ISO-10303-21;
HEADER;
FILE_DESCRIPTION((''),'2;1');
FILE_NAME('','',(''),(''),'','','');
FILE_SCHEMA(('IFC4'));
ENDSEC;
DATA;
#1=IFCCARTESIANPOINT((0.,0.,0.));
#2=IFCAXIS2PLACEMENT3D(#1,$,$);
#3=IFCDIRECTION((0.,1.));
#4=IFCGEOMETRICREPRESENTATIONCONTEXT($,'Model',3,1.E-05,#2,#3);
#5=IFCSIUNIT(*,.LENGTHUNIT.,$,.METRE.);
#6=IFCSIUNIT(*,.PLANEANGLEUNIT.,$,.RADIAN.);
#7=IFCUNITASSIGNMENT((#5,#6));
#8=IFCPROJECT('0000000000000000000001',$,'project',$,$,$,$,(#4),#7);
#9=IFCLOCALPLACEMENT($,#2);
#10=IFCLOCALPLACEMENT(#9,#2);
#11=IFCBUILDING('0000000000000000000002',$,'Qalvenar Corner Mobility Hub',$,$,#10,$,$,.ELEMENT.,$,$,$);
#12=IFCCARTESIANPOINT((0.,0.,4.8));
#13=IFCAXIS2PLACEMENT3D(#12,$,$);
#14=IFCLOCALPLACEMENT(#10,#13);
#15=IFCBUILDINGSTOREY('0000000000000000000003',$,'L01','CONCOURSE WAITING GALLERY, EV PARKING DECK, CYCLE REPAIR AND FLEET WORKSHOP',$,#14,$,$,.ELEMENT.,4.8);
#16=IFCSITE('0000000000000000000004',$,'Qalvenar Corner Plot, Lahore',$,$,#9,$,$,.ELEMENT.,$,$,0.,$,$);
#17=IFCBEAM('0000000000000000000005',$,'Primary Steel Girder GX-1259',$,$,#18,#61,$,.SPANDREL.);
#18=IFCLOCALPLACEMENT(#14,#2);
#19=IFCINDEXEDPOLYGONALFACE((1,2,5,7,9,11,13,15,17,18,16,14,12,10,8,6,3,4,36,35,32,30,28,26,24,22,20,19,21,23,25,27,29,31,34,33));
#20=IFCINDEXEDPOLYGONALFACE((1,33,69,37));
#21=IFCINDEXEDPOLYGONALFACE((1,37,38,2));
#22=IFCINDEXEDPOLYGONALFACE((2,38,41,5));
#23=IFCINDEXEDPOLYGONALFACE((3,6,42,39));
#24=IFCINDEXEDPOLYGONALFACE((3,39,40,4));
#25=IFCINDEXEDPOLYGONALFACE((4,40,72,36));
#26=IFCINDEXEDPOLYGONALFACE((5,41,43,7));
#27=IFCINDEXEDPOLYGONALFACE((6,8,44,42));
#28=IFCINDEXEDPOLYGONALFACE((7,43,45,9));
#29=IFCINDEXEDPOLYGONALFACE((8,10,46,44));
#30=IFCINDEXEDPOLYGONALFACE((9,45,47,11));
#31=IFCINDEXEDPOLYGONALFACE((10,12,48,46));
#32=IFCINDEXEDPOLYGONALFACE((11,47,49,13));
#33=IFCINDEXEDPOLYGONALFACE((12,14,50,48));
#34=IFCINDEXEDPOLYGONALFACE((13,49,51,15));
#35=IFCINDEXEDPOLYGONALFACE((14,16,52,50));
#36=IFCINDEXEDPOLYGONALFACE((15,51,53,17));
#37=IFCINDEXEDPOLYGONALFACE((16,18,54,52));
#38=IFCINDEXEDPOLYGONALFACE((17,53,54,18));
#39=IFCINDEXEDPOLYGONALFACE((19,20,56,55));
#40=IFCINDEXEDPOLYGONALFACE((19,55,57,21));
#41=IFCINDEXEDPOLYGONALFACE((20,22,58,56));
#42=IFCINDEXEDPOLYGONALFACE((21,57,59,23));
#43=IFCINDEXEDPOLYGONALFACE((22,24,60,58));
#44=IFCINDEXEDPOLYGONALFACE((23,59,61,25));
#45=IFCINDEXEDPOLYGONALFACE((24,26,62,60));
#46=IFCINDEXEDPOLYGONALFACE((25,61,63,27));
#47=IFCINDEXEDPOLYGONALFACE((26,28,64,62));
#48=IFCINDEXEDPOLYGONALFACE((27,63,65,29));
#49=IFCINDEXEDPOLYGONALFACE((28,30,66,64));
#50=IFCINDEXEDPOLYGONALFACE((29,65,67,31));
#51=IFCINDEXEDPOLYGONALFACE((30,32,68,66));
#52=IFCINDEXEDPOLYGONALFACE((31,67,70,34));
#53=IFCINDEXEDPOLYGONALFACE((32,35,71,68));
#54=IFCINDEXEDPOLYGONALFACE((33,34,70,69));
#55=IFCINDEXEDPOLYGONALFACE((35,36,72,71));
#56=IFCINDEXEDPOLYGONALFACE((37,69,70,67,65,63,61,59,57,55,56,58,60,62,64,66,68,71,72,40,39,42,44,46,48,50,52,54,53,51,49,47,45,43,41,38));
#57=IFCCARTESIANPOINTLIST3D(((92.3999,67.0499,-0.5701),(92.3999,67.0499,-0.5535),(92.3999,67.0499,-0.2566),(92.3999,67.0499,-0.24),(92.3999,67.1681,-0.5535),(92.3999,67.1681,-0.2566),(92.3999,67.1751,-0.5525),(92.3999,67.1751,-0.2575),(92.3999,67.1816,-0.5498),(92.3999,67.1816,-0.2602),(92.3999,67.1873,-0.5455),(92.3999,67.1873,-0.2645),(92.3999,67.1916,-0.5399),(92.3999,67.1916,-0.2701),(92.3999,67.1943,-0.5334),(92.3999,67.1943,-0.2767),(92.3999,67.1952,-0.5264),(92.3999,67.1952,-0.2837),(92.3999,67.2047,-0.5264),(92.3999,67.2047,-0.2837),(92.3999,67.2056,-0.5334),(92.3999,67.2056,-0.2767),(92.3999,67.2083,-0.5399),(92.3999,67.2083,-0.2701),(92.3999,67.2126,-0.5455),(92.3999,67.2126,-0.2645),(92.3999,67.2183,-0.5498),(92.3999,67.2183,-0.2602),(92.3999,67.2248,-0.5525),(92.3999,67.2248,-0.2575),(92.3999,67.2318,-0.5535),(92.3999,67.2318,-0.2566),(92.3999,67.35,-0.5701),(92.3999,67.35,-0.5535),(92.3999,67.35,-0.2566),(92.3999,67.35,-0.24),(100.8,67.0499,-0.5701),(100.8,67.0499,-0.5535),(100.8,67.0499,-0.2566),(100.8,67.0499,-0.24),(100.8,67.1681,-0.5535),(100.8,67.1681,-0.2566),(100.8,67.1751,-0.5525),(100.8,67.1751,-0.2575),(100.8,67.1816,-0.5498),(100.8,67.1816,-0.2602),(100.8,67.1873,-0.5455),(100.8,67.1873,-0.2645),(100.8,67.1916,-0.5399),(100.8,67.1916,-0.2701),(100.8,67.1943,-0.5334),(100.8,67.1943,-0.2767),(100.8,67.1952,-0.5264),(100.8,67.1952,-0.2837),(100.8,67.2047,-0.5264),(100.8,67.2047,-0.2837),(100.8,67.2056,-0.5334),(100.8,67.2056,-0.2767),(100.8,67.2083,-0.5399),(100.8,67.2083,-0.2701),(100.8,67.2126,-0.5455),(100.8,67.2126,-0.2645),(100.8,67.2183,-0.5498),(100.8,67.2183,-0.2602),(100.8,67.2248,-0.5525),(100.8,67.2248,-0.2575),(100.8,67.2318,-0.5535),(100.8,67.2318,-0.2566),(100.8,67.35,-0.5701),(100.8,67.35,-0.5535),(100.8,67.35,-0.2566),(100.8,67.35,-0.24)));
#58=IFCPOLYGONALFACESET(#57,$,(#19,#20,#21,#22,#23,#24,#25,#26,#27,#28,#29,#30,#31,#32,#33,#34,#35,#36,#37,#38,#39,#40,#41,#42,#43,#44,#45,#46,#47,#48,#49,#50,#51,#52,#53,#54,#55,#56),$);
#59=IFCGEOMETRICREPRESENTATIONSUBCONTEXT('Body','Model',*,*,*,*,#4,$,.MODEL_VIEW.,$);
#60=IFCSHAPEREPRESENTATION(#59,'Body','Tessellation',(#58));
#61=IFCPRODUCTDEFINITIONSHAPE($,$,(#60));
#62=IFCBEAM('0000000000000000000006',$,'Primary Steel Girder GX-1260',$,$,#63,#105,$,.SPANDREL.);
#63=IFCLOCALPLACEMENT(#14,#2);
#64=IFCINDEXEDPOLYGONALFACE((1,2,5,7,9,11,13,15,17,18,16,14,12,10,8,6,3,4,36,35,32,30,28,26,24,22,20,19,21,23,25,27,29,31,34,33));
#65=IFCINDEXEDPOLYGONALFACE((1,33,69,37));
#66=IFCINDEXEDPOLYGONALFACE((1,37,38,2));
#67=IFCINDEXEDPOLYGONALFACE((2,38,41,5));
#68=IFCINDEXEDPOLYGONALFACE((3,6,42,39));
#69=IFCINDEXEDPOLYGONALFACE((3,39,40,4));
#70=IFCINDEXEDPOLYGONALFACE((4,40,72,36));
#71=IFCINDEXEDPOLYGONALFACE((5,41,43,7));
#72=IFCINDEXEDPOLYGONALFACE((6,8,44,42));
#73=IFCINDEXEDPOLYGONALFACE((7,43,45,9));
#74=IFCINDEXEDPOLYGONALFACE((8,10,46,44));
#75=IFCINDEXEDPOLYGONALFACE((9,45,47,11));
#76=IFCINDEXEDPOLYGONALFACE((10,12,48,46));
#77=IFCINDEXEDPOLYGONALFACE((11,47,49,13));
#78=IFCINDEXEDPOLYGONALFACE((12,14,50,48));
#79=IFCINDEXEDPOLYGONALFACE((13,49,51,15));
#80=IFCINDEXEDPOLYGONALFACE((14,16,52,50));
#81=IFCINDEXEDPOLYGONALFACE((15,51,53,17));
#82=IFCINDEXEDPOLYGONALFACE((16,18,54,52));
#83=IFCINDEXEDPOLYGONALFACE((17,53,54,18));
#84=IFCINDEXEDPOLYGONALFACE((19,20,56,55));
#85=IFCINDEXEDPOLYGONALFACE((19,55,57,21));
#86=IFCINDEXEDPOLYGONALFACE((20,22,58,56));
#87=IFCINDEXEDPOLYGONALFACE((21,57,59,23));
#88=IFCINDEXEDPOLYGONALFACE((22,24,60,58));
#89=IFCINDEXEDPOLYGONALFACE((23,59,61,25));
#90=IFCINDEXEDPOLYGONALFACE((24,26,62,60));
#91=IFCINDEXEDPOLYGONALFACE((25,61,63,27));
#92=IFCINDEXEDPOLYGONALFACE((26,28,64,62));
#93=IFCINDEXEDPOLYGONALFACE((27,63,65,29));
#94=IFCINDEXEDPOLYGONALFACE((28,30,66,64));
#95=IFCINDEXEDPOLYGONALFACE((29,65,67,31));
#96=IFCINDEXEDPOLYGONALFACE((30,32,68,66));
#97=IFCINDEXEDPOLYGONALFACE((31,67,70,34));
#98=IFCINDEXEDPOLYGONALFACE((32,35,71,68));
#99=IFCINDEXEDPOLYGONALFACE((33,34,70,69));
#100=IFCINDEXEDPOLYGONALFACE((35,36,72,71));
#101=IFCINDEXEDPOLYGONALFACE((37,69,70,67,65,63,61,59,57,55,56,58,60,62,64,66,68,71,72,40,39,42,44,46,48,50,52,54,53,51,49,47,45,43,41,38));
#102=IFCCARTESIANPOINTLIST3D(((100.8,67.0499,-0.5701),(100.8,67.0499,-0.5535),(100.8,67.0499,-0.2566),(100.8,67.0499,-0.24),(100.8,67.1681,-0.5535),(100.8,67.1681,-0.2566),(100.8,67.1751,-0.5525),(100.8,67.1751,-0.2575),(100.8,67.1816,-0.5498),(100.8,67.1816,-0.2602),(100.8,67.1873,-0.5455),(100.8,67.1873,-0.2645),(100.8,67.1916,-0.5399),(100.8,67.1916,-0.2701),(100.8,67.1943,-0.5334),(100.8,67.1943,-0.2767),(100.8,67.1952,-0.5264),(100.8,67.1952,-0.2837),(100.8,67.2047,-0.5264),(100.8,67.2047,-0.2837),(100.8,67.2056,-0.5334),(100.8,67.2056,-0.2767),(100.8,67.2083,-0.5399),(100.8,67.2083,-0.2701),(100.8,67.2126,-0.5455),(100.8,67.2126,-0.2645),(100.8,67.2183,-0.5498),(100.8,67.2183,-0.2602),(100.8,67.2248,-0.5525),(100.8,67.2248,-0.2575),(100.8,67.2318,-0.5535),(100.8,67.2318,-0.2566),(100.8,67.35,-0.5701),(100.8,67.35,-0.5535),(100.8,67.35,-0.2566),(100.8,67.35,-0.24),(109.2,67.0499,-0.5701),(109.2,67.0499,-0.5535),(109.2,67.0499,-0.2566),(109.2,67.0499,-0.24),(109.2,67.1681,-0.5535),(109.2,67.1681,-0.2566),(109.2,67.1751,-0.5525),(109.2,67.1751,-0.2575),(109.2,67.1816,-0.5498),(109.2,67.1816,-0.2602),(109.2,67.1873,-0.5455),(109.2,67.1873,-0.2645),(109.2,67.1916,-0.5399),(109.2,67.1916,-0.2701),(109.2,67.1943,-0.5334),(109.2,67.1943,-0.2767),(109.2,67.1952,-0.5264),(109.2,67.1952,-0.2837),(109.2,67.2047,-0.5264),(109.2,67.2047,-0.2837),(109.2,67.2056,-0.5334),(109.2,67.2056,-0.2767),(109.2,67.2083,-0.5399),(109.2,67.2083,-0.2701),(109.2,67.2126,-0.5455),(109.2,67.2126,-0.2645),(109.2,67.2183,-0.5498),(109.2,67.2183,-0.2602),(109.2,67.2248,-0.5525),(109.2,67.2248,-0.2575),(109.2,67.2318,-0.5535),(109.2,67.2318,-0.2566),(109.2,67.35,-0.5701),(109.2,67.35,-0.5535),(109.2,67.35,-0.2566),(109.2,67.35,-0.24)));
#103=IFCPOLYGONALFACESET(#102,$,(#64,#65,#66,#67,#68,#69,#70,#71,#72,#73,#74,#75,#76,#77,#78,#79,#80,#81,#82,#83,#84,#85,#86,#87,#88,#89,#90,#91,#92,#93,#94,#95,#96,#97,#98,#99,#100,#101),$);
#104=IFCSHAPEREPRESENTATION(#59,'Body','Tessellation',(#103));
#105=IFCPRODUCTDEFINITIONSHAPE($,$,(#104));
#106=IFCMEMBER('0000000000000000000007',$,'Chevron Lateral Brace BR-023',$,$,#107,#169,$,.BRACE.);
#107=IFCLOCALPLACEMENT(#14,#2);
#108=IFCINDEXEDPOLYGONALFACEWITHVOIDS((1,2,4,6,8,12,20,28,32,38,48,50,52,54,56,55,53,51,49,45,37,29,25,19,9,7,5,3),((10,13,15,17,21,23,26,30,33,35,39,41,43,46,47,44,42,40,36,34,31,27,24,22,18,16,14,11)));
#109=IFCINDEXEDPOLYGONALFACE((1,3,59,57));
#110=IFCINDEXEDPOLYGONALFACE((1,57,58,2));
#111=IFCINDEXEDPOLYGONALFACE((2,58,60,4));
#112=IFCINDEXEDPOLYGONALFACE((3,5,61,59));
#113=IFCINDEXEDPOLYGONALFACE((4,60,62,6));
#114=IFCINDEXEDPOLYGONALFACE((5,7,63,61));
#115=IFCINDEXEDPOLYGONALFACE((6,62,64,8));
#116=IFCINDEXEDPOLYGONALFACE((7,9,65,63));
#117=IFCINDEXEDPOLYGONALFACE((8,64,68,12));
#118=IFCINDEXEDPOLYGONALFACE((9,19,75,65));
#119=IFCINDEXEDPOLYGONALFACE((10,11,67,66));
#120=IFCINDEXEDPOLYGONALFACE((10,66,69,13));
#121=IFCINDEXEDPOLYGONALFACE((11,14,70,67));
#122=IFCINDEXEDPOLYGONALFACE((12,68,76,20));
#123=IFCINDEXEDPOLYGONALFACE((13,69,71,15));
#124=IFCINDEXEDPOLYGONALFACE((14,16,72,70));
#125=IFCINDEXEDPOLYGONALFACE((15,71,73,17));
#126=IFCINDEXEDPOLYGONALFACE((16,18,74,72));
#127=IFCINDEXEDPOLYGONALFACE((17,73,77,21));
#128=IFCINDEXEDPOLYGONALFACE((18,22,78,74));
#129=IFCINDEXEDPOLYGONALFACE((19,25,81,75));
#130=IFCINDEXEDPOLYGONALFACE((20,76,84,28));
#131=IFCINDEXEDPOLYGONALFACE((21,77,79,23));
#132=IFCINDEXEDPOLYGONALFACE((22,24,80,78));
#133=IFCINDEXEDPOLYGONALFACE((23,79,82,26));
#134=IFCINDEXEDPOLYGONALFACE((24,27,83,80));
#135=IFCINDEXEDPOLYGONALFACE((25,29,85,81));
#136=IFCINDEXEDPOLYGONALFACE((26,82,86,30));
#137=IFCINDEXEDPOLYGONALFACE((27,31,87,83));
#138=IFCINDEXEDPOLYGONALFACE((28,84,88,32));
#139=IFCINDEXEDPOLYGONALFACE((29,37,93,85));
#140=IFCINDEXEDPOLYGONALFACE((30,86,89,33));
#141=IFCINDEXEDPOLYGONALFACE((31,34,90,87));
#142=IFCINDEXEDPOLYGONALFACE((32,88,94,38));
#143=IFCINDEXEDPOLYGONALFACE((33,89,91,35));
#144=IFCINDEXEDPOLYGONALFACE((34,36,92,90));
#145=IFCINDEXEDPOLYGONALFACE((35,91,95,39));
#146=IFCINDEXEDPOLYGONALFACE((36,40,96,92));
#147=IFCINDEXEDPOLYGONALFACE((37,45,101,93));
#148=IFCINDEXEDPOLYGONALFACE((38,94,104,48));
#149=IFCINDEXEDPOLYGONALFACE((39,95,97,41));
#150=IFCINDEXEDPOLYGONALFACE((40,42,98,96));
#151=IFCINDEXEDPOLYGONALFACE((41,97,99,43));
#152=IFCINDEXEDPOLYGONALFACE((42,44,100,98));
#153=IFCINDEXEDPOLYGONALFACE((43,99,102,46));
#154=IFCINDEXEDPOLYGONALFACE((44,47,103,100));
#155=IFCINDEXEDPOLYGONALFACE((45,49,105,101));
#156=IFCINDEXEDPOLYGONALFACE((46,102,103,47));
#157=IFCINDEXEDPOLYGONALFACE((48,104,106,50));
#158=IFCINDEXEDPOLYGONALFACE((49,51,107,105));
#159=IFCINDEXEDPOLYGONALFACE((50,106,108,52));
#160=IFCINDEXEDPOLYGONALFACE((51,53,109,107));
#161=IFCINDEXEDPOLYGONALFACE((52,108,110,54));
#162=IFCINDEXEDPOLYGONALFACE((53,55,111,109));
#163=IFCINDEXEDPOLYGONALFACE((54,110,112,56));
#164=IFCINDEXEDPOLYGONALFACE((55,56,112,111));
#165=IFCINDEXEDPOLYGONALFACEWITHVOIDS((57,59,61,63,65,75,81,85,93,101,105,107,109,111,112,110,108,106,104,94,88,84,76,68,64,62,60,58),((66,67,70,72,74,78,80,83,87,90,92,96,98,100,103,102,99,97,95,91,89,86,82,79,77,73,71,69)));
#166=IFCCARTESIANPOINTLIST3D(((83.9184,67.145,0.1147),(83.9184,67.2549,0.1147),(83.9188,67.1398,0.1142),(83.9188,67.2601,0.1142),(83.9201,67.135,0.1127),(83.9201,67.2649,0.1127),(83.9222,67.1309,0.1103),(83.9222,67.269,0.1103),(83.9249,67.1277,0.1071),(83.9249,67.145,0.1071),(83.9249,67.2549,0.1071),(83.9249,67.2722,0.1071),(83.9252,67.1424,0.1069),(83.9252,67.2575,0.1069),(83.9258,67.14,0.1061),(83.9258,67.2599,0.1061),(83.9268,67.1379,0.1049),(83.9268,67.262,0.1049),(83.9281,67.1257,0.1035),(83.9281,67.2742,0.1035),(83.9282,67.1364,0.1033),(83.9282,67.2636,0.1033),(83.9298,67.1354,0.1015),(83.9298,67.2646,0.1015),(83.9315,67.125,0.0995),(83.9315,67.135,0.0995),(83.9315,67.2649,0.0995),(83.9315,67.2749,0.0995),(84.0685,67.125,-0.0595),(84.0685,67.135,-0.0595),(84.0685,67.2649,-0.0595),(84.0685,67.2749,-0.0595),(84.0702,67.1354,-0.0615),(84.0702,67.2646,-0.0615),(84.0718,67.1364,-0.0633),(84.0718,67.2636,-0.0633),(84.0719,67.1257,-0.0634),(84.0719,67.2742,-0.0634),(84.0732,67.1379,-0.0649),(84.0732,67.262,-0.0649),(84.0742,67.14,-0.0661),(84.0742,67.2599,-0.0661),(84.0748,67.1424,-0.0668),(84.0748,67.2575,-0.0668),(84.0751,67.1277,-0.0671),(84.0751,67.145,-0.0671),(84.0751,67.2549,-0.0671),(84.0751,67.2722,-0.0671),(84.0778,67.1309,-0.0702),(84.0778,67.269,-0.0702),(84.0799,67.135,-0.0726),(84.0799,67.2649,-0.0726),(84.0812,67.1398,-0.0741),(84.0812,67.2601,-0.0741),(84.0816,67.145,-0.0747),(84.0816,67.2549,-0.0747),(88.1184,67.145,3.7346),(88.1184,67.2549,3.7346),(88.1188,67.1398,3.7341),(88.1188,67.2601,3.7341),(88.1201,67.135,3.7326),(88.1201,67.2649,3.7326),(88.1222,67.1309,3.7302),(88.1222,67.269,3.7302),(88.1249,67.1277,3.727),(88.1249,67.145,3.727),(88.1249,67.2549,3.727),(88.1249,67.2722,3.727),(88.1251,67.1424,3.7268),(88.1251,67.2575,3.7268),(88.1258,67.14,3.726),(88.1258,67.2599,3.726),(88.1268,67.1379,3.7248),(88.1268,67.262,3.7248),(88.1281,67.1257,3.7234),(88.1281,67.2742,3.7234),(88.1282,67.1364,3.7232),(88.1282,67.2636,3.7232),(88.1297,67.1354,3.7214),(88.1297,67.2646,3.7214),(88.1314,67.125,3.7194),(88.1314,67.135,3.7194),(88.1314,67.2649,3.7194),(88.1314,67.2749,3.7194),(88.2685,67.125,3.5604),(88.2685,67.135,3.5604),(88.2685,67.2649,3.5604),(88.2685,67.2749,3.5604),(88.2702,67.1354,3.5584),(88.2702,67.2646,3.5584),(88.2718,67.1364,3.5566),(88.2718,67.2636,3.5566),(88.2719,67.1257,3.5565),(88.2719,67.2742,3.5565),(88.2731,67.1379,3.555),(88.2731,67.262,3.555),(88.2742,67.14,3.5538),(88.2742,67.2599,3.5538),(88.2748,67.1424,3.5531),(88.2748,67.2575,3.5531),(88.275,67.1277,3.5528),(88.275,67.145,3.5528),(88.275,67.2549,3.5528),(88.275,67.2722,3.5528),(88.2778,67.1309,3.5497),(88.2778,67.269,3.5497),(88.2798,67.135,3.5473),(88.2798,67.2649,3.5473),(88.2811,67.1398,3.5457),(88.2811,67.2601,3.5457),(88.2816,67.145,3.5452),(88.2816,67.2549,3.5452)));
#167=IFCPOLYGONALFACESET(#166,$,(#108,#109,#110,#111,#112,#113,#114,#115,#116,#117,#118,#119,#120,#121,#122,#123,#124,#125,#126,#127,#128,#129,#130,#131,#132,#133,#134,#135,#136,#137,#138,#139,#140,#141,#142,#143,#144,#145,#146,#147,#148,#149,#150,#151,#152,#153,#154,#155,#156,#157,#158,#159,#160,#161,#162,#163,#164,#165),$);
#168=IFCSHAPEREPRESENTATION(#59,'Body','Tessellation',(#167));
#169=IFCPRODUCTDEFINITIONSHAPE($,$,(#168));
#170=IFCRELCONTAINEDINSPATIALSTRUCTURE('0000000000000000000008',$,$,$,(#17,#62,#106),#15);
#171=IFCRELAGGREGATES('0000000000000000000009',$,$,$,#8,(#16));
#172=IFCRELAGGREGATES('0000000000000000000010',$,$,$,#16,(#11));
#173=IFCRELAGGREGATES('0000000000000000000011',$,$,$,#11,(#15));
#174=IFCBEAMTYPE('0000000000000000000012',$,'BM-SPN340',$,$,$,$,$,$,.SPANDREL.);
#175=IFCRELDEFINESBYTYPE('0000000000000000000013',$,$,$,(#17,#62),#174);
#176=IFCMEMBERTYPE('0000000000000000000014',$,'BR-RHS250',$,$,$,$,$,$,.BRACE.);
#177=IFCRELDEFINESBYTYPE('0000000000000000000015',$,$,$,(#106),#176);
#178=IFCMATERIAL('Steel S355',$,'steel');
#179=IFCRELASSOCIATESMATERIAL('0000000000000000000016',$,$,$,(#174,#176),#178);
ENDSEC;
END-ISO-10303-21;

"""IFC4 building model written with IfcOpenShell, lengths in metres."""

from ifc_helpers import new_model, si_unit, direction, frame, origin, origin_2d, place, context, subcontext, project, spatial, hollow_rectangle, i_section, extrude, material, material_profile, profile_set, type_object, element, save


model = new_model("IFC4")

# Units and contexts
model_context = context("Model", 3, precision=1e-05, world=origin(), true_north=direction((0.0, 1.0)))
body_context = subcontext(model_context, "Body", "Model", "MODEL_VIEW")
ifc_project = project(units=[si_unit("LENGTHUNIT", "METRE"), si_unit("PLANEANGLEUNIT", "RADIAN")], contexts=[model_context])

# Site, building, storey
site_placement = place(None, origin())
site = spatial("IfcSite", under=ifc_project, at=site_placement, Name="Qalvenar Corner Plot, Lahore", CompositionType="ELEMENT", RefElevation=0.0)
building_placement = place(site_placement, origin())
building = spatial("IfcBuilding", under=site, at=building_placement, Name="Qalvenar Corner Mobility Hub", CompositionType="ELEMENT")
storey_placement = place(building_placement, frame((0.0, 0.0, 4.8)))
storey = spatial("IfcBuildingStorey", under=building, at=storey_placement, Name="L01", Description="CONCOURSE WAITING GALLERY, EV PARKING DECK, CYCLE REPAIR AND FLEET WORKSHOP", CompositionType="ELEMENT", Elevation=4.8)

# Shared definitions
ifc_material = material(Name="Steel S355", Category="steel")

# Beams
ifc_material_profile_1 = material_profile(ifc_material, i_section(OverallWidth=0.3, OverallDepth=0.3301, WebThickness=0.0095, FlangeThickness=0.0166, FilletRadius=0.0271, at=origin_2d()), Name="HEA340")
ifc_profile_set_1 = profile_set([ifc_material_profile_1], Name="Steel S355")
beam_type_1 = type_object("IfcBeamType", Name="BM-SPN340", PredefinedType="SPANDREL", material=ifc_profile_set_1)
beam_1_placement = place(storey_placement, frame((92.3999, 67.2, -0.405), z_axis=(1.0, 0.0, 0.0), x_axis=(0.0, 1.0, 0.0)))
element("IfcBeam", 1, at=beam_1_placement, inside=storey, type_object=beam_type_1, Name="Primary Steel Girder GX-1259", PredefinedType="SPANDREL", context=body_context, shape_type="SweptSolid", body=[
    extrude(i_section(OverallWidth=0.3, OverallDepth=0.3301, WebThickness=0.0095, FlangeThickness=0.0166, FilletRadius=0.0271, at=origin_2d()), origin(), (0.0, 0.0, 1.0), 8.4001),
])
beam_2_placement = place(storey_placement, frame((100.8, 67.2, -0.405), z_axis=(1.0, 0.0, 0.0), x_axis=(0.0, 1.0, 0.0)))
element("IfcBeam", 2, at=beam_2_placement, inside=storey, type_object=beam_type_1, Name="Primary Steel Girder GX-1260", PredefinedType="SPANDREL", context=body_context, shape_type="SweptSolid", body=[
    extrude(i_section(OverallWidth=0.3, OverallDepth=0.3301, WebThickness=0.0095, FlangeThickness=0.0166, FilletRadius=0.0271, at=origin_2d()), origin(), (0.0, 0.0, 1.0), 8.3999),
])

# Member
ifc_material_profile_2 = material_profile(ifc_material, hollow_rectangle(XDim=0.1499, YDim=0.25, WallThickness=0.01, InnerFilletRadius=0.01, OuterFilletRadius=0.02, at=origin_2d()), Name="RHS250x150x10")
ifc_profile_set_2 = profile_set([ifc_material_profile_2], Name="Steel S355")
member_type = type_object("IfcMemberType", Name="BR-RHS250", PredefinedType="BRACE", material=ifc_profile_set_2)
for number, where, z_axis, x_axis, name in (
    (3, (84.0, 67.2, 0.02), (0.757479, 0.0, 0.652859), (0.0, 1.0, 0.0), "Chevron Lateral Brace BR-023"),
):
    element("IfcMember", number, at=place(storey_placement, frame(where, z_axis=z_axis, x_axis=x_axis)), inside=storey, type_object=member_type, Name=name, PredefinedType="BRACE", context=body_context, shape_type="SweptSolid", body=[
        extrude(hollow_rectangle(XDim=0.1499, YDim=0.25, WallThickness=0.01, InnerFilletRadius=0.01, OuterFilletRadius=0.02, at=origin_2d()), origin(), (0.0, 0.0, 1.0), 5.5447),
    ])

save(model, "model.ifc")
